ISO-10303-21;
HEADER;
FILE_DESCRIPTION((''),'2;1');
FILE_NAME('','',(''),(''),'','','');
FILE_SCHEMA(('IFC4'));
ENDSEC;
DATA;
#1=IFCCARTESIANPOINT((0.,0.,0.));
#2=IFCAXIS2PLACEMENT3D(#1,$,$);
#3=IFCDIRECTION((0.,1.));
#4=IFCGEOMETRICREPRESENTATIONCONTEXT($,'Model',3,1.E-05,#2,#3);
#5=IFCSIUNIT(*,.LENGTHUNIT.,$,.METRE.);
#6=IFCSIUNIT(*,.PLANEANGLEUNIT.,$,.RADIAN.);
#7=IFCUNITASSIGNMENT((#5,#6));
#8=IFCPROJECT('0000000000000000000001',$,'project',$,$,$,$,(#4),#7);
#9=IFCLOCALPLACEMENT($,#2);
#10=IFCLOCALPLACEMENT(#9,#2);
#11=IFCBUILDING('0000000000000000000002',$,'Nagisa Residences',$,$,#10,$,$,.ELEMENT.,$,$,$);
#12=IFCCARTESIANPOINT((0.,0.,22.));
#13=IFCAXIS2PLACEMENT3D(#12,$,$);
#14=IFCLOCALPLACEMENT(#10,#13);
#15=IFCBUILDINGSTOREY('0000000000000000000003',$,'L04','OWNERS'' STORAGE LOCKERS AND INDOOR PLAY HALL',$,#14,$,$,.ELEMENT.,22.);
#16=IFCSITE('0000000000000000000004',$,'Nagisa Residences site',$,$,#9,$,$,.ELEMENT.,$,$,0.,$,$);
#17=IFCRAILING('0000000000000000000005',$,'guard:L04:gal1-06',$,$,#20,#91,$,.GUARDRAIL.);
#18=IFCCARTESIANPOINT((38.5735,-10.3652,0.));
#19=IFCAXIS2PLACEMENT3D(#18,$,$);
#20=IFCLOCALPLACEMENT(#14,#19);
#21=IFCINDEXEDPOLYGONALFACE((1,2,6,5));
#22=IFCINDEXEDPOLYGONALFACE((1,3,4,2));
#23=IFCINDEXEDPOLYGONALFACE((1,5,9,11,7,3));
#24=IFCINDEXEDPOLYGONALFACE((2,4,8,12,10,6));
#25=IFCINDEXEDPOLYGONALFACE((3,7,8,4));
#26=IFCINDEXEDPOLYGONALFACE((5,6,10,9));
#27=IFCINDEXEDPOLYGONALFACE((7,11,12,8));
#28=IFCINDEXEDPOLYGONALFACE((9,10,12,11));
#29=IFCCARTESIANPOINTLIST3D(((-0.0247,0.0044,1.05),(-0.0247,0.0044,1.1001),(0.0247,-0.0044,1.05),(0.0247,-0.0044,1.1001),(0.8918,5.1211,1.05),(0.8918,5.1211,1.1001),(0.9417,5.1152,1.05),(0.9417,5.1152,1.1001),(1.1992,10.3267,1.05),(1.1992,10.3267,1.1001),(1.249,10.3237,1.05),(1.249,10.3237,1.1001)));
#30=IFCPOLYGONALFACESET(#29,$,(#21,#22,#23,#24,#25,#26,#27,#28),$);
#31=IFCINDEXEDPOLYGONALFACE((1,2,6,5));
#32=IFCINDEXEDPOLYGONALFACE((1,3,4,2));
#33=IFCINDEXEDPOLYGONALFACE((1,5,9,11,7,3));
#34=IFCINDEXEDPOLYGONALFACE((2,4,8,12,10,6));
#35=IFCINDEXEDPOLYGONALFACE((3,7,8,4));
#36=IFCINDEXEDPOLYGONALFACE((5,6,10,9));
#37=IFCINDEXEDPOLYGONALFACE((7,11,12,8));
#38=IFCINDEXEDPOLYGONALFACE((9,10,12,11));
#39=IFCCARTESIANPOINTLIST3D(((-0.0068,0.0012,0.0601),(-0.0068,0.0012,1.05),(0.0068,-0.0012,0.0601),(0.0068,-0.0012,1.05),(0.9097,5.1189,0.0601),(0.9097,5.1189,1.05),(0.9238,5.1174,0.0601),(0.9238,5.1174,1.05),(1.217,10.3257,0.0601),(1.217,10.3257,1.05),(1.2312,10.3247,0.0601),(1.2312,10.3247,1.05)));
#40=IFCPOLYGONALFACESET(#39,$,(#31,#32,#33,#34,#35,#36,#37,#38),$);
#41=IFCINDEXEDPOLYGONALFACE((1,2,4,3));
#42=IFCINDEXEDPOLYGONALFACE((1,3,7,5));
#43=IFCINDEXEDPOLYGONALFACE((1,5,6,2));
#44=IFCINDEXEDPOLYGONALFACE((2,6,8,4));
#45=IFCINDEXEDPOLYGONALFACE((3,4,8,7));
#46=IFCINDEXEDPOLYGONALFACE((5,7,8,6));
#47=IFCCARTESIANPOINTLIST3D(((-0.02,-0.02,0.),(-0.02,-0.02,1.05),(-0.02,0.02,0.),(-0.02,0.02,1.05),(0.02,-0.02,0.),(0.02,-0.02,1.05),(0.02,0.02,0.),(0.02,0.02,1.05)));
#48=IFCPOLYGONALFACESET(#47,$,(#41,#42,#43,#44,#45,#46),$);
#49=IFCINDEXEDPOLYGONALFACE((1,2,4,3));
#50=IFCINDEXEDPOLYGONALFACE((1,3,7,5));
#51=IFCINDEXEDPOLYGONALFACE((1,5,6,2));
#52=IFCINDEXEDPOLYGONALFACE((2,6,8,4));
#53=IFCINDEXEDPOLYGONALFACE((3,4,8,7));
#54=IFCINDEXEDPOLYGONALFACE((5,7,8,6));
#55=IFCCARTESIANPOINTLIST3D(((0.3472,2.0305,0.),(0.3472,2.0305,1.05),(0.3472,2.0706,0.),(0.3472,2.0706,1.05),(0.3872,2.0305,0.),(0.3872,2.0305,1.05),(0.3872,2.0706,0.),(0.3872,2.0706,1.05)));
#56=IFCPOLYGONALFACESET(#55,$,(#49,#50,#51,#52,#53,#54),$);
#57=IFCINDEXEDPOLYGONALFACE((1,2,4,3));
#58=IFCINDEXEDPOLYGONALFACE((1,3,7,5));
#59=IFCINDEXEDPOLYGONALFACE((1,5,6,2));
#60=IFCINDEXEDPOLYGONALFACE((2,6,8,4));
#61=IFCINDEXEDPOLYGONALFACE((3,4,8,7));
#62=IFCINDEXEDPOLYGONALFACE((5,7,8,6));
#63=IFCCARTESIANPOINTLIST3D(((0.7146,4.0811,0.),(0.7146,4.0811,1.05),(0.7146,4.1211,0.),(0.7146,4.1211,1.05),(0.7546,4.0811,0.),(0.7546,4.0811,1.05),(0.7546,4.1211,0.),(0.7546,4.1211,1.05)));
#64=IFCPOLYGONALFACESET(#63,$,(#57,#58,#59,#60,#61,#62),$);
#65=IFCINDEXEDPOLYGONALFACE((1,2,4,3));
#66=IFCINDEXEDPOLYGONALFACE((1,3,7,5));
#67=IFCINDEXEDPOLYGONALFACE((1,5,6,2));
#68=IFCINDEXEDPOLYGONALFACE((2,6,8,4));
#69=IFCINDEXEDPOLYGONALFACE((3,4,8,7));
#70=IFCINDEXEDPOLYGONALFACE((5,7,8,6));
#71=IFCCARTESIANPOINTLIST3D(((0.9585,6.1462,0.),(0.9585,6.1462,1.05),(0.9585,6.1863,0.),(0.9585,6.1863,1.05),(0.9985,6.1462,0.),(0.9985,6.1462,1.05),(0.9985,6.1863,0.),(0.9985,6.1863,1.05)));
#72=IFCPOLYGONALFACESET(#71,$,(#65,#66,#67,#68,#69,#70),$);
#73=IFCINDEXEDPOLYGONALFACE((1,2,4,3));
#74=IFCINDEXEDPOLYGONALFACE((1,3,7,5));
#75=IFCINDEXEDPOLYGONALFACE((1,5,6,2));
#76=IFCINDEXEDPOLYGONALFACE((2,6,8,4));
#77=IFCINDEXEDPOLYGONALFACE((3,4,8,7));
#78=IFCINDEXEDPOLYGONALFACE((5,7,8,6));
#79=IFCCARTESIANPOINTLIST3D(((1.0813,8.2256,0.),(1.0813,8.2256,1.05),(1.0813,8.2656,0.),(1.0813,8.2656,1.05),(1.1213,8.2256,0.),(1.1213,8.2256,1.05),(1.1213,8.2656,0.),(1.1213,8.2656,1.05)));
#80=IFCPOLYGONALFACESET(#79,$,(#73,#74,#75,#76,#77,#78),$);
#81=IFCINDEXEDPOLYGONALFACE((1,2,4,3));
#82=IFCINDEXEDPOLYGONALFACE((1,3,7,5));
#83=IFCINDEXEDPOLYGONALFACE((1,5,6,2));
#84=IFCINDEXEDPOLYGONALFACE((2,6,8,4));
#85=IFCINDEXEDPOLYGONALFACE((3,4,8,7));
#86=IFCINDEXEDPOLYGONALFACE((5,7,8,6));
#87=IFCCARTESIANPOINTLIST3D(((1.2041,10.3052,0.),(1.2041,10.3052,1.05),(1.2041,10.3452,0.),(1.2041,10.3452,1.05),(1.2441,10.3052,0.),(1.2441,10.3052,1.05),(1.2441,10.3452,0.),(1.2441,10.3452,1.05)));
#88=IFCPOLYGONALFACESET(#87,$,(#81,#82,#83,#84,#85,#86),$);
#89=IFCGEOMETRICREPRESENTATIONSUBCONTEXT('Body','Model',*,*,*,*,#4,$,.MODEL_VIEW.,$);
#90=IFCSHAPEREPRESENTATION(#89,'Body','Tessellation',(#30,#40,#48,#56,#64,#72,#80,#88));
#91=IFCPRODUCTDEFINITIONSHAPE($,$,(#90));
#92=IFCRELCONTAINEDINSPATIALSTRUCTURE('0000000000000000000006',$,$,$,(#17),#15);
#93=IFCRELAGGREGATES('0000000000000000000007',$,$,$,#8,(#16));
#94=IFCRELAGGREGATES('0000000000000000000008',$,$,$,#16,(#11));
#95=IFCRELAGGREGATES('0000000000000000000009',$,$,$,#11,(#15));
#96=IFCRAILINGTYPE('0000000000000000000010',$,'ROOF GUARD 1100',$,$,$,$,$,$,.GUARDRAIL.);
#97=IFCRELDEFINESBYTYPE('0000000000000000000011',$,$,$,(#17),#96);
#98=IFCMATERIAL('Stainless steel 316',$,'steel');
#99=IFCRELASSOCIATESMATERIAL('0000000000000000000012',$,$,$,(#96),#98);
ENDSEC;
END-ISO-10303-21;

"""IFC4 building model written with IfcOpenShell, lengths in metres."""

from ifc_helpers import new_model, si_unit, direction, frame, origin, origin_2d, place, context, subcontext, project, spatial, polyline, rectangle, outline, extrude, material, type_object, element, save


model = new_model("IFC4")

# Units and contexts
model_context = context("Model", 3, precision=1e-05, world=origin(), true_north=direction((0.0, 1.0)))
body_context = subcontext(model_context, "Body", "Model", "MODEL_VIEW")
ifc_project = project(units=[si_unit("LENGTHUNIT", "METRE"), si_unit("PLANEANGLEUNIT", "RADIAN")], contexts=[model_context])

# Site, building, storey
site_placement = place(None, origin())
site = spatial("IfcSite", under=ifc_project, at=site_placement, Name="Nagisa Residences site", CompositionType="ELEMENT", RefElevation=0.0)
building_placement = place(site_placement, origin())
building = spatial("IfcBuilding", under=site, at=building_placement, Name="Nagisa Residences", CompositionType="ELEMENT")
storey_placement = place(building_placement, frame((0.0, 0.0, 22.0)))
storey = spatial("IfcBuildingStorey", under=building, at=storey_placement, Name="L04", Description="OWNERS' STORAGE LOCKERS AND INDOOR PLAY HALL", CompositionType="ELEMENT", Elevation=22.0)

# Railing
ifc_material_1 = material(Name="Stainless steel 316", Category="steel")
railing_type = type_object("IfcRailingType", Name="ROOF GUARD 1100", PredefinedType="GUARDRAIL", material=ifc_material_1)
railing_placement = place(storey_placement, frame((38.5735, -10.3652, 0.0)))
element("IfcRailing", 1, at=railing_placement, inside=storey, type_object=railing_type, Name="guard:L04:gal1-06", PredefinedType="GUARDRAIL", context=body_context, shape_type="SweptSolid", body=[
    extrude(outline(polyline([(0.8918, 5.1211), (-0.0247, 0.0044), (0.0247, -0.0044), (0.9417, 5.1152), (1.249, 10.3237), (1.1992, 10.3267), (0.8918, 5.1211)])), frame((0.0, 0.0, 1.05)), (0.0, 0.0, 1.0), 0.05),
    extrude(outline(polyline([(0.9097, 5.1189), (-0.0068, 0.0012), (0.0068, -0.0012), (0.9238, 5.1174), (1.2312, 10.3247), (1.217, 10.3257), (0.9097, 5.1189)])), frame((0.0, 0.0, 0.0601)), (0.0, 0.0, 1.0), 0.99),
    extrude(rectangle(XDim=0.04, YDim=0.04, at=origin_2d()), origin(), (0.0, 0.0, 1.0), 1.05),
    extrude(rectangle(XDim=0.04, YDim=0.04, at=origin_2d()), frame((0.3672, 2.0505, 0.0)), (0.0, 0.0, 1.0), 1.05),
    extrude(rectangle(XDim=0.04, YDim=0.04, at=origin_2d()), frame((0.7346, 4.1011, 0.0)), (0.0, 0.0, 1.0), 1.05),
    extrude(rectangle(XDim=0.04, YDim=0.04, at=origin_2d()), frame((0.9785, 6.1663, 0.0)), (0.0, 0.0, 1.0), 1.05),
    extrude(rectangle(XDim=0.04, YDim=0.04, at=origin_2d()), frame((1.1013, 8.2456, 0.0)), (0.0, 0.0, 1.0), 1.05),
    extrude(rectangle(XDim=0.04, YDim=0.04, at=origin_2d()), frame((1.2241, 10.3252, 0.0)), (0.0, 0.0, 1.0), 1.05),
])

save(model, "model.ifc")
